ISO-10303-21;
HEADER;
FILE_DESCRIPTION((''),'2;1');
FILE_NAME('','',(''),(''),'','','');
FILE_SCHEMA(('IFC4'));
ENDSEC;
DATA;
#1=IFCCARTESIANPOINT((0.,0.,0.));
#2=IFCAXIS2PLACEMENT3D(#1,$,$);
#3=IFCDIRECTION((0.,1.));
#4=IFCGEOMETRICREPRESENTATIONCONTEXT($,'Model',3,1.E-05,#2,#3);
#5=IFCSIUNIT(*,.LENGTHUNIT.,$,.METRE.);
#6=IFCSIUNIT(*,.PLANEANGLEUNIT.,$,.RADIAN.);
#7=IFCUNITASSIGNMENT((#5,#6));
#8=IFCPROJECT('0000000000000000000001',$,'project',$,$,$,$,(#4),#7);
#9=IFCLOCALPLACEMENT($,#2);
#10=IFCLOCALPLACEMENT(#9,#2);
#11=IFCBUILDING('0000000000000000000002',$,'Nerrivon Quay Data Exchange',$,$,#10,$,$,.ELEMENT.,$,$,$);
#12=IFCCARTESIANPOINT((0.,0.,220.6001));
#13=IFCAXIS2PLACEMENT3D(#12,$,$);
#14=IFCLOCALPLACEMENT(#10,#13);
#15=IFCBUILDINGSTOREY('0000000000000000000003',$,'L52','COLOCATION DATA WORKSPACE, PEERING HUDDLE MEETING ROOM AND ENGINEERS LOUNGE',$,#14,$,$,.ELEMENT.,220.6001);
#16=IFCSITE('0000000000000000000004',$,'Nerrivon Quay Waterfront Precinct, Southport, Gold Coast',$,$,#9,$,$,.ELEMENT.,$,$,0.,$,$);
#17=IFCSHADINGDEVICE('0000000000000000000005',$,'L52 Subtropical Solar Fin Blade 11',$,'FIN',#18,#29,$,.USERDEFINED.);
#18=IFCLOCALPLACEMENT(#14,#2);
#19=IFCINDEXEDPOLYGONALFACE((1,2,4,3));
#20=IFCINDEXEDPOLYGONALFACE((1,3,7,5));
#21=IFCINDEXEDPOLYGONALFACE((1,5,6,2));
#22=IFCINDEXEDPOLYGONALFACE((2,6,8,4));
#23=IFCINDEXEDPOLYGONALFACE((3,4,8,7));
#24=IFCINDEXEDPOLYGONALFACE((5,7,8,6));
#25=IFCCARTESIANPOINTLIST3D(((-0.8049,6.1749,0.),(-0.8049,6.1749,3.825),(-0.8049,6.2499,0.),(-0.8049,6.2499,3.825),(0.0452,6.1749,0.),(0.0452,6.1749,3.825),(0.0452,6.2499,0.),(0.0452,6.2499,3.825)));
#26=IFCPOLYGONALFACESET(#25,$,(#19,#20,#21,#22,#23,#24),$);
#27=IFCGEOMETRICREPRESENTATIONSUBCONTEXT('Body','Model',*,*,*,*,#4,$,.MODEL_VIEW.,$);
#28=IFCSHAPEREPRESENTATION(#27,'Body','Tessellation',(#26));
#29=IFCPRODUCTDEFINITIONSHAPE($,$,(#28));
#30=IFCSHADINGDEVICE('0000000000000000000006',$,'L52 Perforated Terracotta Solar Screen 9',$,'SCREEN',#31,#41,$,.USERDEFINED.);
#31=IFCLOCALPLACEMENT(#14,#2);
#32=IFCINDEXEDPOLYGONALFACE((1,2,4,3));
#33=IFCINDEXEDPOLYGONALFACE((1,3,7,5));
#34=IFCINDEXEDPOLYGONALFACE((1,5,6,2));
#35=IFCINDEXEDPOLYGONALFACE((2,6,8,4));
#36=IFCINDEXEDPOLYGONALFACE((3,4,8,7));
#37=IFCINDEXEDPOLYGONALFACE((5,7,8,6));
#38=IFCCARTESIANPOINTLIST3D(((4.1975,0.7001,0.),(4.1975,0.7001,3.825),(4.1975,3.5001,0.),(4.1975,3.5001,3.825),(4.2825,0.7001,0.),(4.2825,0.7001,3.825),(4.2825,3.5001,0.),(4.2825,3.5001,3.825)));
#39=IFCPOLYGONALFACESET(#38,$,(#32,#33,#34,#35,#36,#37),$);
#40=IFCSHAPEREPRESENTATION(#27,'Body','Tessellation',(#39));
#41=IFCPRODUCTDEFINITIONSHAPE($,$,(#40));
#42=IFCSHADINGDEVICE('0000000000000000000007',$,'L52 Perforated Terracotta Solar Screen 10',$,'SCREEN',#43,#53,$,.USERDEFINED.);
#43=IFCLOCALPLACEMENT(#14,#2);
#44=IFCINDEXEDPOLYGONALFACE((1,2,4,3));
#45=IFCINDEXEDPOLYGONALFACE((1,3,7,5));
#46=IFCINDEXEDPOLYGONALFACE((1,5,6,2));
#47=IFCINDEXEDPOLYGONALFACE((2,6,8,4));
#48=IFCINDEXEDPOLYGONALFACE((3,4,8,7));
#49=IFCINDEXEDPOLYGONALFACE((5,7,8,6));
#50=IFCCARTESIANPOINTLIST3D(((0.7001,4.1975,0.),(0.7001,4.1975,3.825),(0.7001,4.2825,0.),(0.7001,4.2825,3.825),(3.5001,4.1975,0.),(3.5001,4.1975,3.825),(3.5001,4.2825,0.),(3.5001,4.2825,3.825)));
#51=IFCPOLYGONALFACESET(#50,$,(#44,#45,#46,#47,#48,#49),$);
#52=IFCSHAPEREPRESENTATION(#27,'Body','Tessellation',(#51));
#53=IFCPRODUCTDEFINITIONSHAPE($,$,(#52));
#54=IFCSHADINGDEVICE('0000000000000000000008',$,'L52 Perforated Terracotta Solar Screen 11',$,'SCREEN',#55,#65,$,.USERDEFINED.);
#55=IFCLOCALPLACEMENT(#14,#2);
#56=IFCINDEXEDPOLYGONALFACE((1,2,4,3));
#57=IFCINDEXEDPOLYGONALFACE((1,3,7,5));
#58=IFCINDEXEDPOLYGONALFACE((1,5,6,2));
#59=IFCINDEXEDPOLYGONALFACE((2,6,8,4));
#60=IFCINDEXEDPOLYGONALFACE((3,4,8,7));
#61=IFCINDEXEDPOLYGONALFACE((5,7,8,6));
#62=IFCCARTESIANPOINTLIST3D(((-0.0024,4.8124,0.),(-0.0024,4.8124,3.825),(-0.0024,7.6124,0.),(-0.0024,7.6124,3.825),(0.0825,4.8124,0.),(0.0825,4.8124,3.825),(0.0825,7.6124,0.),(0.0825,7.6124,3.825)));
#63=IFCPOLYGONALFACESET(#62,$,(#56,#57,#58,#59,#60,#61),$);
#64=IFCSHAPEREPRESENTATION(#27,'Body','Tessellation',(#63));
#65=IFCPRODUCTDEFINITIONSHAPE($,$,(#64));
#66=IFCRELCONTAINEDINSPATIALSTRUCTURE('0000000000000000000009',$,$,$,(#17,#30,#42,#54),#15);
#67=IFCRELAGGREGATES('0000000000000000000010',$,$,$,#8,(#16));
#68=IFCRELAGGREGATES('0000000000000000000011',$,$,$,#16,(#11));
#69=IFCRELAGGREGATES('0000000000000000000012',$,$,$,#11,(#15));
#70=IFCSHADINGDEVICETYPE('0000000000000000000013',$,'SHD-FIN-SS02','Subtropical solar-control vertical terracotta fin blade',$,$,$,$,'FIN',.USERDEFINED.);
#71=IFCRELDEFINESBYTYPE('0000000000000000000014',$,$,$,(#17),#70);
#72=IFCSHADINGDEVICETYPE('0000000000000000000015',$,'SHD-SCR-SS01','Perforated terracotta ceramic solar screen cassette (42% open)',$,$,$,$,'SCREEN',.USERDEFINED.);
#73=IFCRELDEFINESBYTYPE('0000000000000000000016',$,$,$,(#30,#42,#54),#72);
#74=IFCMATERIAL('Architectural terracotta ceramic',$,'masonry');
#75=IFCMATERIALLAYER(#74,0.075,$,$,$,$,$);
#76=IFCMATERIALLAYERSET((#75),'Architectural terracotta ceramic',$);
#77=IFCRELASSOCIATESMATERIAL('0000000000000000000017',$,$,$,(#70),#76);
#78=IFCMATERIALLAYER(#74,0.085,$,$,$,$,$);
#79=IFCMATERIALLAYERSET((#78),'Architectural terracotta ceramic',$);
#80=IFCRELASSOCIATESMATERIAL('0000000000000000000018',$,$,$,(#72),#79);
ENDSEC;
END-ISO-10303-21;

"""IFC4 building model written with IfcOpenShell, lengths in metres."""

from ifc_helpers import new_model, si_unit, direction, frame, origin, origin_2d, place, context, subcontext, project, spatial, rectangle, extrude, material, layer, layer_set, type_object, element, save


model = new_model("IFC4")

# Units and contexts
model_context = context("Model", 3, precision=1e-05, world=origin(), true_north=direction((0.0, 1.0)))
body_context = subcontext(model_context, "Body", "Model", "MODEL_VIEW")
ifc_project = project(units=[si_unit("LENGTHUNIT", "METRE"), si_unit("PLANEANGLEUNIT", "RADIAN")], contexts=[model_context])

# Site, building, storey
site_placement = place(None, origin())
site = spatial("IfcSite", under=ifc_project, at=site_placement, Name="Nerrivon Quay Waterfront Precinct, Southport, Gold Coast", CompositionType="ELEMENT", RefElevation=0.0)
building_placement = place(site_placement, origin())
building = spatial("IfcBuilding", under=site, at=building_placement, Name="Nerrivon Quay Data Exchange", CompositionType="ELEMENT")
storey_placement = place(building_placement, frame((0.0, 0.0, 220.6001)))
storey = spatial("IfcBuildingStorey", under=building, at=storey_placement, Name="L52", Description="COLOCATION DATA WORKSPACE, PEERING HUDDLE MEETING ROOM AND ENGINEERS LOUNGE", CompositionType="ELEMENT", Elevation=220.6001)

# Shared definitions
ifc_material_1 = material(Name="Architectural terracotta ceramic", Category="masonry")

# Shading devices
ifc_layer_1 = layer(ifc_material_1, 0.075)
ifc_layer_set_1 = layer_set([ifc_layer_1], Name="Architectural terracotta ceramic")
shading_device_type_1 = type_object("IfcShadingDeviceType", Name="SHD-FIN-SS02", Description="Subtropical solar-control vertical terracotta fin blade", ElementType="FIN", PredefinedType="USERDEFINED", material=ifc_layer_set_1)
for number, where, z_axis, x_axis, name in (
    (1, (-0.3799, 6.2124, 0.0), (0.0, 0.0, 1.0), (0.0, 1.0, 0.0), "L52 Subtropical Solar Fin Blade 11"),
):
    element("IfcShadingDevice", number, at=place(storey_placement, frame(where, z_axis=z_axis, x_axis=x_axis)), inside=storey, type_object=shading_device_type_1, Name=name, ObjectType="FIN", PredefinedType="USERDEFINED", context=body_context, shape_type="SweptSolid", body=[
        extrude(rectangle(XDim=0.075, YDim=0.8501, at=origin_2d()), origin(), (0.0, 0.0, 1.0), 3.825),
    ])
ifc_layer_2 = layer(ifc_material_1, 0.085)
ifc_layer_set_2 = layer_set([ifc_layer_2], Name="Architectural terracotta ceramic")
shading_device_type_2 = type_object("IfcShadingDeviceType", Name="SHD-SCR-SS01", Description="Perforated terracotta ceramic solar screen cassette (42% open)", ElementType="SCREEN", PredefinedType="USERDEFINED", material=ifc_layer_set_2)
for number, where, z_axis, x_axis, name in (
    (2, (4.24, 2.1001, 0.0), (0.0, 0.0, 1.0), (0.0, 1.0, 0.0), "L52 Perforated Terracotta Solar Screen 9"),
    (3, (2.1001, 4.24, 0.0), (0.0, 0.0, 1.0), (-1.0, 0.0, 0.0), "L52 Perforated Terracotta Solar Screen 10"),
    (4, (0.04, 6.2124, 0.0), (0.0, 0.0, 1.0), (0.0, 1.0, 0.0), "L52 Perforated Terracotta Solar Screen 11"),
):
    element("IfcShadingDevice", number, at=place(storey_placement, frame(where, z_axis=z_axis, x_axis=x_axis)), inside=storey, type_object=shading_device_type_2, Name=name, ObjectType="SCREEN", PredefinedType="USERDEFINED", context=body_context, shape_type="SweptSolid", body=[
        extrude(rectangle(XDim=2.8, YDim=0.085, at=origin_2d()), origin(), (0.0, 0.0, 1.0), 3.825),
    ])

save(model, "model.ifc")
